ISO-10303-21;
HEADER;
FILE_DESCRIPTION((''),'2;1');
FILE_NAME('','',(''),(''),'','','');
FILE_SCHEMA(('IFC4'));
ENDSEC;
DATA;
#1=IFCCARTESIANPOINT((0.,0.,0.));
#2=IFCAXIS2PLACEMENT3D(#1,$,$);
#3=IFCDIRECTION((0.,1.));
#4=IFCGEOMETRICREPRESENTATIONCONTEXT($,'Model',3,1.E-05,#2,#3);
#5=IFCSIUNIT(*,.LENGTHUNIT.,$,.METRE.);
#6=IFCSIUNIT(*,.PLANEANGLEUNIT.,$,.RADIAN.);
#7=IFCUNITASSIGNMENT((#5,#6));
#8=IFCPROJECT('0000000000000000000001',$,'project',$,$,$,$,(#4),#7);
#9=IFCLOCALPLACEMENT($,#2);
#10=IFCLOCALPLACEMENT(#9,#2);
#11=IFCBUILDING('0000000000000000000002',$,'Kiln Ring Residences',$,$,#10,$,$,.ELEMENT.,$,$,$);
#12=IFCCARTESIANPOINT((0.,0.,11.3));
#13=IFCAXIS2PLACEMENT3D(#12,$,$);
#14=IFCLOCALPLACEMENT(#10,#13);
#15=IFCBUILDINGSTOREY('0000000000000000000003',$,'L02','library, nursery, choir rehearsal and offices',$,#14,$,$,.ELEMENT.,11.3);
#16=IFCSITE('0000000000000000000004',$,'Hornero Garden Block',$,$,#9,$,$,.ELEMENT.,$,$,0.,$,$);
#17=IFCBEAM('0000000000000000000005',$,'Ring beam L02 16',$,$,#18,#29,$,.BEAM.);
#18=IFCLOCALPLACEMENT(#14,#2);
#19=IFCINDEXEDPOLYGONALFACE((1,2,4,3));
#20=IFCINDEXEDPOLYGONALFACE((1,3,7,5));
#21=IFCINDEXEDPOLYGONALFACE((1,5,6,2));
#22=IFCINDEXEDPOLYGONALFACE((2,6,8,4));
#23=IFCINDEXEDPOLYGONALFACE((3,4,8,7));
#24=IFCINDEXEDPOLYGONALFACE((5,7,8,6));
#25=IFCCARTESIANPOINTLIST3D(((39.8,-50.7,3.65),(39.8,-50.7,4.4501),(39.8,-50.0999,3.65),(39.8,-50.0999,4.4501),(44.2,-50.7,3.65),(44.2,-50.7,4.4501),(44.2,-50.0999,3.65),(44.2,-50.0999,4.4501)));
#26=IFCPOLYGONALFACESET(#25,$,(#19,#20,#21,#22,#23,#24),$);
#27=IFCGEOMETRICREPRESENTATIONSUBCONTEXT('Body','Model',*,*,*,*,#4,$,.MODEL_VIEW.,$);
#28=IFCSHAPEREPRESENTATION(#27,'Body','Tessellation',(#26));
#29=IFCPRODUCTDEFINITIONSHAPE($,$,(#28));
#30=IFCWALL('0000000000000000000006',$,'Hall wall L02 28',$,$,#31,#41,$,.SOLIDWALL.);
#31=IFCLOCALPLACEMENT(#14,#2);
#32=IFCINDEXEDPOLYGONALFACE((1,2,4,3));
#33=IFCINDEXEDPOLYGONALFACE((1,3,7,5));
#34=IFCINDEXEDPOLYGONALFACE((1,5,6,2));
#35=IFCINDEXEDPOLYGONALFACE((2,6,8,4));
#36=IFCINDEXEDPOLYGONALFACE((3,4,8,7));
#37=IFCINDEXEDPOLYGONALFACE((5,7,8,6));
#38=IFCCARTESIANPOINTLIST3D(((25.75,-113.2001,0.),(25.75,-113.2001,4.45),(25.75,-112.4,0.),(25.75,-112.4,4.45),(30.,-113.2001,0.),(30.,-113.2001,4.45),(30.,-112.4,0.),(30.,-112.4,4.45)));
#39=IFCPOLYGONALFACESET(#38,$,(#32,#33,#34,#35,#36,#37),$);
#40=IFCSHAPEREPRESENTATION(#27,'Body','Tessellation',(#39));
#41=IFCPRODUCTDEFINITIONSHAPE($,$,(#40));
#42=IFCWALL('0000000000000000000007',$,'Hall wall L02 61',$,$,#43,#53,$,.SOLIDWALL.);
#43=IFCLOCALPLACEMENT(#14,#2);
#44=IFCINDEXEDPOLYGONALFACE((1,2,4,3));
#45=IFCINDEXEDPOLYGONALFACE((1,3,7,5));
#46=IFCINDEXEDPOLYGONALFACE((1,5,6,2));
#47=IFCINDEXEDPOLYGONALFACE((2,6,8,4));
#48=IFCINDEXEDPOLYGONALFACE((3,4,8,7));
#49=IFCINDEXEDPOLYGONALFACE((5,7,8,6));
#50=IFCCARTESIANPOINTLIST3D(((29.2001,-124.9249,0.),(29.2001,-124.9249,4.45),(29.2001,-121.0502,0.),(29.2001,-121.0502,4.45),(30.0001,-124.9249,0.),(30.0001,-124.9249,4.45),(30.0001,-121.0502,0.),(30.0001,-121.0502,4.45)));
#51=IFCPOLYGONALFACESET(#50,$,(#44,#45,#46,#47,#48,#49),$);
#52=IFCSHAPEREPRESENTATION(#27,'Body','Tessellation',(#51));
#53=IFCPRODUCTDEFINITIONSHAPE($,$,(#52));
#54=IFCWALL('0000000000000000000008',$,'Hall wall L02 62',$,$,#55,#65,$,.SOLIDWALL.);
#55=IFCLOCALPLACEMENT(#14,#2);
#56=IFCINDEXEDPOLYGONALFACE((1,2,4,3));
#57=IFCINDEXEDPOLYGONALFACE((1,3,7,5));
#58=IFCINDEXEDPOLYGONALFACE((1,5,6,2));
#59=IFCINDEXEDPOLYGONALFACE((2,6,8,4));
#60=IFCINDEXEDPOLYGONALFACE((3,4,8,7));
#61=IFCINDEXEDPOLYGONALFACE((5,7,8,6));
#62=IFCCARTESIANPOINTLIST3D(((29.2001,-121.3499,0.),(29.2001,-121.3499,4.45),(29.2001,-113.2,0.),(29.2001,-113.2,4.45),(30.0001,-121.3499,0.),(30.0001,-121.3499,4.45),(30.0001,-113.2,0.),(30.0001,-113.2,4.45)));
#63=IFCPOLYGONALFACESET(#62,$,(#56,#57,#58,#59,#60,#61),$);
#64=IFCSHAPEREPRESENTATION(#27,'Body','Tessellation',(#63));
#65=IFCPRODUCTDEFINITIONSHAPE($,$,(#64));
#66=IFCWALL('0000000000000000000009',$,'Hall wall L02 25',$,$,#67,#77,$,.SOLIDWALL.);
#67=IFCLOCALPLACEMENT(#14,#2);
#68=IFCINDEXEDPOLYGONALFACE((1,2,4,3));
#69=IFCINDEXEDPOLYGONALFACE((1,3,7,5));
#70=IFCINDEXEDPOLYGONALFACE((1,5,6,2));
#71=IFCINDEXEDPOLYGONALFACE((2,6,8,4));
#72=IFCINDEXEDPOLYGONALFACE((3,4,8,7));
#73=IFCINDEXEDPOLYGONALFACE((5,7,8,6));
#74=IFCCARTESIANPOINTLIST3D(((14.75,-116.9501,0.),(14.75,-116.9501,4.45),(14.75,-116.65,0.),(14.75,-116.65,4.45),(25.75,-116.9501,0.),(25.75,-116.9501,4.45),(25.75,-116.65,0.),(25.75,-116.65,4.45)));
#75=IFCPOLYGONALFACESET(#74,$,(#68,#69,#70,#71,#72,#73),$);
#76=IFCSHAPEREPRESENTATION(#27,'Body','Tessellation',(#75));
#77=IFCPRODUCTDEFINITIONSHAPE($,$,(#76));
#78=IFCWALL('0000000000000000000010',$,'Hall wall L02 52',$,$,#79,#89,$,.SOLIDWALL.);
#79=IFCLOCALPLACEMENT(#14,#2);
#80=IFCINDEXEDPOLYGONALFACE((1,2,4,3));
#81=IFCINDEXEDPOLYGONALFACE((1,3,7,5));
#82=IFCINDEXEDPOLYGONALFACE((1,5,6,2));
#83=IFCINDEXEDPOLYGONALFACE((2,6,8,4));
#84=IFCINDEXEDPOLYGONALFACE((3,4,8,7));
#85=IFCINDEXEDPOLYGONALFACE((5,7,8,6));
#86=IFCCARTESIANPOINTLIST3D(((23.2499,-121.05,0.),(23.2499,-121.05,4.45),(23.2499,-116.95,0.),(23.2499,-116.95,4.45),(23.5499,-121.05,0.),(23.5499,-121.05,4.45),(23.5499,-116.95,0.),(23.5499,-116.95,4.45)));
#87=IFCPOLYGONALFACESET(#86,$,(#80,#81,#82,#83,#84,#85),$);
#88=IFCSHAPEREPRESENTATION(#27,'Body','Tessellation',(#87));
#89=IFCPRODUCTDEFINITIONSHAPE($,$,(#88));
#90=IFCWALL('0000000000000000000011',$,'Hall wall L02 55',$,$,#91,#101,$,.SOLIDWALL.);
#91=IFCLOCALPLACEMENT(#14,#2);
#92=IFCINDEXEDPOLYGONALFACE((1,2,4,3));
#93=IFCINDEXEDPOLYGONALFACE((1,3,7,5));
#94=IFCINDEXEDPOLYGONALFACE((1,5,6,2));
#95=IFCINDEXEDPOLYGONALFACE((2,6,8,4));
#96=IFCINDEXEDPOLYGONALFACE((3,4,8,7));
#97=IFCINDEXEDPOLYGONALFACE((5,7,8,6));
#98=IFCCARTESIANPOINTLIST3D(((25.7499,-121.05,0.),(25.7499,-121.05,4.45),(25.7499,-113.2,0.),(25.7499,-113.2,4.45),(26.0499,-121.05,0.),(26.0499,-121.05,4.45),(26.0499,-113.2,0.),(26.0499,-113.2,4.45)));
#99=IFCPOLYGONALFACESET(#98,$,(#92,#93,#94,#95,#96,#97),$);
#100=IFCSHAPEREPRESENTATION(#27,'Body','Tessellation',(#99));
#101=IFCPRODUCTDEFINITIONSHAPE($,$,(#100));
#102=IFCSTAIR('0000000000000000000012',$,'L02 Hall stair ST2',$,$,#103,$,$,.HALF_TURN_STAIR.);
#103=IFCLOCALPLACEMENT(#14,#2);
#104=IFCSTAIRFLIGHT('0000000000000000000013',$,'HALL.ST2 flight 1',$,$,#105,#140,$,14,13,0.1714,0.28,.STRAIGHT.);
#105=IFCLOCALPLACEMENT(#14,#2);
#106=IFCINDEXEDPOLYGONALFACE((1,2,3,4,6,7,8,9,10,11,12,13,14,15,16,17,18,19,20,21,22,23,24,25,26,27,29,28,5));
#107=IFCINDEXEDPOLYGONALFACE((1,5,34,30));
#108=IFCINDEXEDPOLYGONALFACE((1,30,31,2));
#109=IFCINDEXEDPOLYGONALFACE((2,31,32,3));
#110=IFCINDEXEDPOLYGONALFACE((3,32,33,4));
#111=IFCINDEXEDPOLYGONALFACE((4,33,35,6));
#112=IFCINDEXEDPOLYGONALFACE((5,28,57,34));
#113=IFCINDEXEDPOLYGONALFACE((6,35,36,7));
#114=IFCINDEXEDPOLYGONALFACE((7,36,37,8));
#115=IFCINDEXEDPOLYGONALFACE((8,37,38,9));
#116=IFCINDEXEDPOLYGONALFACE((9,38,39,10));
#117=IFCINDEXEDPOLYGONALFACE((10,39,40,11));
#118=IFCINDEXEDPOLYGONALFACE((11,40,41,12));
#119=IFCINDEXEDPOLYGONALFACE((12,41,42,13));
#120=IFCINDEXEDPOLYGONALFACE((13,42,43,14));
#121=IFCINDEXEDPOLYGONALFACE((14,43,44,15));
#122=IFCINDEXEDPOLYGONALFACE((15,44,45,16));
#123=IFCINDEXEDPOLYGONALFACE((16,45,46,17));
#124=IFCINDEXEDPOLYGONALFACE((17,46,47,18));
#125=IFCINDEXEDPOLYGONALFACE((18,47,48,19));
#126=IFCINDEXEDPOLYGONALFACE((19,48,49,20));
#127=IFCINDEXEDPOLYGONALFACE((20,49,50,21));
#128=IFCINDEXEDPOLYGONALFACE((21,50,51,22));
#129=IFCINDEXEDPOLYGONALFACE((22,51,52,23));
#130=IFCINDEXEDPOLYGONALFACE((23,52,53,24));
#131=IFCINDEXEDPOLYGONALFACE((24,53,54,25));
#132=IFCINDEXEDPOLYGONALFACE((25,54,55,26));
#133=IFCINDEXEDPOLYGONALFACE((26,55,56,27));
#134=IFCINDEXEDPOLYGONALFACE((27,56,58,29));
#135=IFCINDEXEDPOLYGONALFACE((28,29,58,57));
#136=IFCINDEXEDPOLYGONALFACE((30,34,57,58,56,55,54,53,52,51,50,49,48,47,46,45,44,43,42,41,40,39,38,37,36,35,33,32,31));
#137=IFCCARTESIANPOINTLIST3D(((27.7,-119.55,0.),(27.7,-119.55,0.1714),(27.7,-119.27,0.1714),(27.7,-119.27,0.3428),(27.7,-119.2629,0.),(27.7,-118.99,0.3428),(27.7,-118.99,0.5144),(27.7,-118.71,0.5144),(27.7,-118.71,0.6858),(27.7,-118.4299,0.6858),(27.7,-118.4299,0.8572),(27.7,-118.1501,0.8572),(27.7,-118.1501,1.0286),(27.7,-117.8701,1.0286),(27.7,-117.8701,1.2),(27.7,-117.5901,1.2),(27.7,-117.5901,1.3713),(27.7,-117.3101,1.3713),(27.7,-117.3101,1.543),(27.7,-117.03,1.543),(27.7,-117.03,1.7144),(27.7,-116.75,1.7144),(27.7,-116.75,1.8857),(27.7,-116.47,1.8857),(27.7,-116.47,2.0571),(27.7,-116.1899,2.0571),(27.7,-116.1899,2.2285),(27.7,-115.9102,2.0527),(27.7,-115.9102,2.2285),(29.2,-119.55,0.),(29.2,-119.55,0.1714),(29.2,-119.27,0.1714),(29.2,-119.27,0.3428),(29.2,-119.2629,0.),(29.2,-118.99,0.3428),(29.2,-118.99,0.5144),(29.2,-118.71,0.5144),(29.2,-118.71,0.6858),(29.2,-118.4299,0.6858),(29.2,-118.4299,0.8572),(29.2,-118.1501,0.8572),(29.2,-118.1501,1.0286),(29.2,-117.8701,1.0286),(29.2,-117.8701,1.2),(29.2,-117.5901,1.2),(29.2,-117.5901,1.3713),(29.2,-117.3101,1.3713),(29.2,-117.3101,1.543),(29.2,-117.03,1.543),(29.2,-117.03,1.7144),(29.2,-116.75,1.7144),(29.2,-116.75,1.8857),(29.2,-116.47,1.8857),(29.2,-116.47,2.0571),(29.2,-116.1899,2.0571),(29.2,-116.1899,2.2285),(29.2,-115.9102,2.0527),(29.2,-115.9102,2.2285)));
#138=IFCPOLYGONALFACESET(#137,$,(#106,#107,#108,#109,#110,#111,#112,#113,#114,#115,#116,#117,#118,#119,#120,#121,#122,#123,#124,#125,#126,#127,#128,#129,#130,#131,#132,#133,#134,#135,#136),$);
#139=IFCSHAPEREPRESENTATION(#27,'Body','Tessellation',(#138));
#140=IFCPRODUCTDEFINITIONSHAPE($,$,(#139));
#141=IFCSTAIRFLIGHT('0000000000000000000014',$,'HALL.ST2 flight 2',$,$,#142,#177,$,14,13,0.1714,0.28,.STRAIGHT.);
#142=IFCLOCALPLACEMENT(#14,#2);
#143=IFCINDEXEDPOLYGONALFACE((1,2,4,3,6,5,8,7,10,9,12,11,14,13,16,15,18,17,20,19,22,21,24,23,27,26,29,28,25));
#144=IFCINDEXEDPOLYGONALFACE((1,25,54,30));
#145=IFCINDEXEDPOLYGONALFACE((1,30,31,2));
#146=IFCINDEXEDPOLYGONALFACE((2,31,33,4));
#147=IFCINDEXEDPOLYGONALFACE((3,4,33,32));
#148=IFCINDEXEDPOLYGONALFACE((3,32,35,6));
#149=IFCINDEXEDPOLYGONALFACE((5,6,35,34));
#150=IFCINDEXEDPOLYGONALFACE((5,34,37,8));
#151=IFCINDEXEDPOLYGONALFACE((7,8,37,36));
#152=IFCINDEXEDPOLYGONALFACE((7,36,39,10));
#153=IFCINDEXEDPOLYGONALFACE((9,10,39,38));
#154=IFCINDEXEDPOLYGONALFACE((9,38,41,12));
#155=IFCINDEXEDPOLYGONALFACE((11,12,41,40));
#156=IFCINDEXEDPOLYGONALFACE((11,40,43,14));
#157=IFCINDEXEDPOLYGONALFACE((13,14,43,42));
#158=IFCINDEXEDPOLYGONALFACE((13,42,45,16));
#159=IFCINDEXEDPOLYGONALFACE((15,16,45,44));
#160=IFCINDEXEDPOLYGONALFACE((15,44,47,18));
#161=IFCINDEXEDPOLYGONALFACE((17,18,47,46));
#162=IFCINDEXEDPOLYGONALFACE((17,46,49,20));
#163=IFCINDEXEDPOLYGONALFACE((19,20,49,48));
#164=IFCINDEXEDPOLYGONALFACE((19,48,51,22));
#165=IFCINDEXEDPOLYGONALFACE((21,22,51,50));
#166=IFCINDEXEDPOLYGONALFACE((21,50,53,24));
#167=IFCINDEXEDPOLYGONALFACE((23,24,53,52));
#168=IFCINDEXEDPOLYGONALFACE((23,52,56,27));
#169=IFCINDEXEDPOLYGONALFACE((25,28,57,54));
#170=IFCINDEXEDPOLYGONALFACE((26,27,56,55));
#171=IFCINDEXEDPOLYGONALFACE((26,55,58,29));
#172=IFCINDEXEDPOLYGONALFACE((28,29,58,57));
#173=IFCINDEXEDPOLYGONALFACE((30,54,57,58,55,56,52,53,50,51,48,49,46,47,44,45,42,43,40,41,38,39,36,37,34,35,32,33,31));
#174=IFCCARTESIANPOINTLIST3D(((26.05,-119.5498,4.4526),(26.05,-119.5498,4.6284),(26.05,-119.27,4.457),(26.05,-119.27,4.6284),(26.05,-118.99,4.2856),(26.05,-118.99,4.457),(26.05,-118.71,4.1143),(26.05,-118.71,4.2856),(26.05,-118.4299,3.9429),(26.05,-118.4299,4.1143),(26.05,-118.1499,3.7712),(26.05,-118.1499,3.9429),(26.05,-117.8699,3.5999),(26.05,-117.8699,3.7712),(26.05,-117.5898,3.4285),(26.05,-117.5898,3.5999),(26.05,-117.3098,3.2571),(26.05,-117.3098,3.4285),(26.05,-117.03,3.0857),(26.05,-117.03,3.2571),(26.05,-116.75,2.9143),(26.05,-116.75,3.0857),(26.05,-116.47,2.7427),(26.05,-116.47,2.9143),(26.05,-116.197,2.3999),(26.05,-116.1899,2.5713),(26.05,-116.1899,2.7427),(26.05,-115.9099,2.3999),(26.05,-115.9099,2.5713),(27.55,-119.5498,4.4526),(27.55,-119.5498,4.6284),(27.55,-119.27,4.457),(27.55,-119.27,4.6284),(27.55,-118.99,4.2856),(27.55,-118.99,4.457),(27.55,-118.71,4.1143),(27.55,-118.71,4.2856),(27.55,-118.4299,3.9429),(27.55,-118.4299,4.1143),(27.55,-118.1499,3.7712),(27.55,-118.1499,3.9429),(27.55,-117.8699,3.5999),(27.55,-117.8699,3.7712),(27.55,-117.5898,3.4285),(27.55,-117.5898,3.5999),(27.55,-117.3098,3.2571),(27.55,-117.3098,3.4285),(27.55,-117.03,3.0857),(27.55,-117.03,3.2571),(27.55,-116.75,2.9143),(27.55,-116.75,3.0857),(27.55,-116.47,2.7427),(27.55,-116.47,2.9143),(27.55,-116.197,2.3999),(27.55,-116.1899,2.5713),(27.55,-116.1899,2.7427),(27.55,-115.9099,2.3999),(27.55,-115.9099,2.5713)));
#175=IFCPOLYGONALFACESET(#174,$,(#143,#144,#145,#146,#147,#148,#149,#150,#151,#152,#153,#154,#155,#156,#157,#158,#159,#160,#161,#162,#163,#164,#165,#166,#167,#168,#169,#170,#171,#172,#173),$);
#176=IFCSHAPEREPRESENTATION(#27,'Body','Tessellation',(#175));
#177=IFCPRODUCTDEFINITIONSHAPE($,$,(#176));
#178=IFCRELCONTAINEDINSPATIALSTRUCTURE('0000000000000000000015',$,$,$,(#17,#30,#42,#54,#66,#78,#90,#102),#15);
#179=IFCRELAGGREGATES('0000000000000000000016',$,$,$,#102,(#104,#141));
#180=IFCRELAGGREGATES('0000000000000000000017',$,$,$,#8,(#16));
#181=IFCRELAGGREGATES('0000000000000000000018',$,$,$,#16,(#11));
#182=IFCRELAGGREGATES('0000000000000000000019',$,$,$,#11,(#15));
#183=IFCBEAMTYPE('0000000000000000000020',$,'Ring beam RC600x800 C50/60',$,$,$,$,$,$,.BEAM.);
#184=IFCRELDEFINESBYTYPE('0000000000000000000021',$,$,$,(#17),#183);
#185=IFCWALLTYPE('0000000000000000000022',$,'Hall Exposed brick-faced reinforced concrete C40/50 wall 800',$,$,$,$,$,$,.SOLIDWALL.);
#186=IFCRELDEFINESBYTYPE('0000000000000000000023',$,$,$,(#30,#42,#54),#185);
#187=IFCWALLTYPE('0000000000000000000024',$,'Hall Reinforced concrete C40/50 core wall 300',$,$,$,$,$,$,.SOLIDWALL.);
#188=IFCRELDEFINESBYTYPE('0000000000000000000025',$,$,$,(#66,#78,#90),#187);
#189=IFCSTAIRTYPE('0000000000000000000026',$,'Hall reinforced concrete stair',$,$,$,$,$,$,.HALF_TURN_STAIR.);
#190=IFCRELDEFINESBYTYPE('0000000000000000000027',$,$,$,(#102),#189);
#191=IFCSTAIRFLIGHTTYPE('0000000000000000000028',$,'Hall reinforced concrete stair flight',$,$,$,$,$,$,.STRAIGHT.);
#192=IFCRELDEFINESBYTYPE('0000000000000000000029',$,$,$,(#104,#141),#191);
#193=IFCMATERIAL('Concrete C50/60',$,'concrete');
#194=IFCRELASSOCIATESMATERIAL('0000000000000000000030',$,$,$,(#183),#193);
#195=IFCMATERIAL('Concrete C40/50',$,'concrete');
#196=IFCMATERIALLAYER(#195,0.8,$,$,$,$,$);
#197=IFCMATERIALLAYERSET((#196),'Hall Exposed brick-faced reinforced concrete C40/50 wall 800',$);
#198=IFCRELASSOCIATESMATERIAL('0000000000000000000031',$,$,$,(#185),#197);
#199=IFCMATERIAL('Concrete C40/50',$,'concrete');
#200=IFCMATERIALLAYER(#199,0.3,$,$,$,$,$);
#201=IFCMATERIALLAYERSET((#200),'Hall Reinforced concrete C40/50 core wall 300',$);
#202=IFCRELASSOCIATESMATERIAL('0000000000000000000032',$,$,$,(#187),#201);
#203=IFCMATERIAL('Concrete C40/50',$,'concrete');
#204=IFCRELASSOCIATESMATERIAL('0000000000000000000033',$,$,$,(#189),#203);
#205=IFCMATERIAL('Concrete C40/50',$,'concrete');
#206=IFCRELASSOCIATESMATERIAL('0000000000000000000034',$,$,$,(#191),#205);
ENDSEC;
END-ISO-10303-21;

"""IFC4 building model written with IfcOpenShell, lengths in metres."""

from ifc_helpers import new_model, si_unit, direction, frame, frame_2d, origin, origin_2d, place, context, subcontext, project, spatial, polyline, rectangle, outline, extrude, material, layer, layer_set, material_profile, profile_set, type_object, element, aggregate, save


model = new_model("IFC4")

# Units and contexts
model_context = context("Model", 3, precision=1e-05, world=origin(), true_north=direction((0.0, 1.0)))
body_context = subcontext(model_context, "Body", "Model", "MODEL_VIEW")
ifc_project = project(units=[si_unit("LENGTHUNIT", "METRE"), si_unit("PLANEANGLEUNIT", "RADIAN")], contexts=[model_context])

# Site, building, storey
site_placement = place(None, origin())
site = spatial("IfcSite", under=ifc_project, at=site_placement, Name="Hornero Garden Block", CompositionType="ELEMENT", RefElevation=0.0)
building_placement = place(site_placement, origin())
building = spatial("IfcBuilding", under=site, at=building_placement, Name="Kiln Ring Residences", CompositionType="ELEMENT")
storey_placement = place(building_placement, frame((0.0, 0.0, 11.3)))
storey = spatial("IfcBuildingStorey", under=building, at=storey_placement, Name="L02", Description="library, nursery, choir rehearsal and offices", CompositionType="ELEMENT", Elevation=11.3)

# Beam
ifc_material_1 = material(Name="Concrete C50/60", Category="concrete")
ifc_material_profile_1 = material_profile(ifc_material_1, rectangle(XDim=0.6001, YDim=0.8, at=origin_2d()), Name="RC600x800")
ifc_profile_set_1 = profile_set([ifc_material_profile_1], Name="Concrete C50/60")
beam_type = type_object("IfcBeamType", Name="Ring beam RC600x800 C50/60", PredefinedType="BEAM", material=ifc_profile_set_1)
beam_1_placement = place(storey_placement, frame((39.8, -50.3999, 4.05), z_axis=(1.0, 0.0, 0.0), x_axis=(0.0, 1.0, 0.0)))
element("IfcBeam", 1, at=beam_1_placement, inside=storey, type_object=beam_type, Name="Ring beam L02 16", PredefinedType="BEAM", context=body_context, shape_type="SweptSolid", body=[
    extrude(rectangle(XDim=0.6001, YDim=0.8, at=origin_2d()), origin(), (0.0, 0.0, 1.0), 4.3999),
])

# Walls
ifc_material_2 = material(Name="Concrete C40/50", Category="concrete")
ifc_layer_1 = layer(ifc_material_2, 0.8)
ifc_layer_set_1 = layer_set([ifc_layer_1], Name="Hall Exposed brick-faced reinforced concrete C40/50 wall 800")
wall_type_1 = type_object("IfcWallType", Name="Hall Exposed brick-faced reinforced concrete C40/50 wall 800", PredefinedType="SOLIDWALL", material=ifc_layer_set_1)
wall_1_placement = place(storey_placement, frame((25.75, -112.8, 0.0), z_axis=(0.0, 0.0, 1.0), x_axis=(1.0, 0.0, 0.0)))
element("IfcWall", 2, at=wall_1_placement, inside=storey, type_object=wall_type_1, Name="Hall wall L02 28", PredefinedType="SOLIDWALL", context=body_context, shape_type="SweptSolid", body=[
    extrude(rectangle(XDim=4.25, YDim=0.8, at=frame_2d((2.125, 0.0))), origin(), (0.0, 0.0, 1.0), 4.45),
])
wall_2_placement = place(storey_placement, frame((29.6001, -121.05, 0.0), z_axis=(0.0, 0.0, 1.0), x_axis=(0.0, -1.0, 0.0)))
element("IfcWall", 3, at=wall_2_placement, inside=storey, type_object=wall_type_1, Name="Hall wall L02 61", PredefinedType="SOLIDWALL", context=body_context, shape_type="SweptSolid", body=[
    extrude(rectangle(XDim=3.8748, YDim=0.8, at=frame_2d((1.9375, 0.0))), origin(), (0.0, 0.0, 1.0), 4.45),
])
wall_3_placement = place(storey_placement, frame((29.6001, -113.2, 0.0), z_axis=(0.0, 0.0, 1.0), x_axis=(0.0, -1.0, 0.0)))
element("IfcWall", 4, at=wall_3_placement, inside=storey, type_object=wall_type_1, Name="Hall wall L02 62", PredefinedType="SOLIDWALL", context=body_context, shape_type="SweptSolid", body=[
    extrude(rectangle(XDim=8.1499, YDim=0.8, at=frame_2d((4.075, 0.0))), origin(), (0.0, 0.0, 1.0), 4.45),
])
ifc_material_3 = material(Name="Concrete C40/50", Category="concrete")
ifc_layer_2 = layer(ifc_material_3, 0.3)
ifc_layer_set_2 = layer_set([ifc_layer_2], Name="Hall Reinforced concrete C40/50 core wall 300")
wall_type_2 = type_object("IfcWallType", Name="Hall Reinforced concrete C40/50 core wall 300", PredefinedType="SOLIDWALL", material=ifc_layer_set_2)
wall_4_placement = place(storey_placement, frame((14.75, -116.8, 0.0), z_axis=(0.0, 0.0, 1.0), x_axis=(1.0, 0.0, 0.0)))
element("IfcWall", 5, at=wall_4_placement, inside=storey, type_object=wall_type_2, Name="Hall wall L02 25", PredefinedType="SOLIDWALL", context=body_context, shape_type="SweptSolid", body=[
    extrude(rectangle(XDim=11.0, YDim=0.3, at=frame_2d((5.5, 0.0))), origin(), (0.0, 0.0, 1.0), 4.45),
])
wall_5_placement = place(storey_placement, frame((23.3999, -121.05, 0.0), z_axis=(0.0, 0.0, 1.0), x_axis=(0.0, 1.0, 0.0)))
element("IfcWall", 6, at=wall_5_placement, inside=storey, type_object=wall_type_2, Name="Hall wall L02 52", PredefinedType="SOLIDWALL", context=body_context, shape_type="SweptSolid", body=[
    extrude(rectangle(XDim=4.1001, YDim=0.3, at=frame_2d((2.05, 0.0))), origin(), (0.0, 0.0, 1.0), 4.45),
])
wall_6_placement = place(storey_placement, frame((25.8999, -121.05, 0.0), z_axis=(0.0, 0.0, 1.0), x_axis=(0.0, 1.0, 0.0)))
element("IfcWall", 7, at=wall_6_placement, inside=storey, type_object=wall_type_2, Name="Hall wall L02 55", PredefinedType="SOLIDWALL", context=body_context, shape_type="SweptSolid", body=[
    extrude(rectangle(XDim=7.8501, YDim=0.3, at=frame_2d((3.925, 0.0))), origin(), (0.0, 0.0, 1.0), 4.45),
])

# Stair, stair flights
ifc_material_4 = material(Name="Concrete C40/50", Category="concrete")
stair_type = type_object("IfcStairType", Name="Hall reinforced concrete stair", PredefinedType="HALF_TURN_STAIR", material=ifc_material_4)
stair_placement = place(storey_placement, origin())
stair = element("IfcStair", 8, at=stair_placement, inside=storey, type_object=stair_type, Name="L02 Hall stair ST2", PredefinedType="HALF_TURN_STAIR")
ifc_material_5 = material(Name="Concrete C40/50", Category="concrete")
stair_flight_type = type_object("IfcStairFlightType", Name="Hall reinforced concrete stair flight", PredefinedType="STRAIGHT", material=ifc_material_5)
stair_flight_1_placement = place(storey_placement, frame((28.45, -119.55, 0.0), z_axis=(0.0, 0.0, 1.0), x_axis=(0.0, 1.0, 0.0)))
stair_flight_1 = element("IfcStairFlight", 9, at=stair_flight_1_placement, type_object=stair_flight_type, Name="HALL.ST2 flight 1", NumberOfRisers=14, NumberOfTreads=13, PredefinedType="STRAIGHT", RiserHeight=0.1714, TreadLength=0.28, context=body_context, shape_type="SweptSolid", body=[
    extrude(outline(polyline([(0.0, 0.0), (0.0, 0.1714), (0.28, 0.1714), (0.28, 0.3428), (0.5601, 0.3428), (0.5601, 0.5144), (0.8401, 0.5144), (0.8401, 0.6858), (1.1201, 0.6858), (1.1201, 0.8572), (1.3999, 0.8572), (1.3999, 1.0286), (1.6799, 1.0286), (1.6799, 1.2), (1.96, 1.2), (1.96, 1.3713), (2.24, 1.3713), (2.24, 1.543), (2.52, 1.543), (2.52, 1.7144), (2.8, 1.7144), (2.8, 1.8857), (3.0801, 1.8857), (3.0801, 2.0571), (3.3601, 2.0571), (3.3601, 2.2285), (3.6399, 2.2285), (3.6399, 2.3999), (3.6399, 2.0527), (0.2871, 0.0), (0.0, 0.0)])), frame((0.0, 0.75, 0.0), z_axis=(0.0, -1.0, 0.0), x_axis=(1.0, 0.0, 0.0)), (0.0, 0.0, 1.0), 1.5),
])
stair_flight_2_placement = place(storey_placement, frame((26.8, -115.9099, 2.3999), z_axis=(0.0, 0.0, 1.0), x_axis=(0.0, -1.0, 0.0)))
stair_flight_2 = element("IfcStairFlight", 10, at=stair_flight_2_placement, type_object=stair_flight_type, Name="HALL.ST2 flight 2", NumberOfRisers=14, NumberOfTreads=13, PredefinedType="STRAIGHT", RiserHeight=0.1714, TreadLength=0.28, context=body_context, shape_type="SweptSolid", body=[
    extrude(outline(polyline([(0.0, 0.0), (0.0, 0.1714), (0.28, 0.1714), (0.28, 0.3428), (0.5601, 0.3428), (0.5601, 0.5144), (0.8401, 0.5144), (0.8401, 0.6858), (1.1201, 0.6858), (1.1201, 0.8572), (1.3999, 0.8572), (1.3999, 1.0286), (1.6799, 1.0286), (1.6799, 1.2), (1.96, 1.2), (1.96, 1.3713), (2.24, 1.3713), (2.24, 1.543), (2.52, 1.543), (2.52, 1.7144), (2.8, 1.7144), (2.8, 1.8857), (3.0801, 1.8857), (3.0801, 2.0571), (3.3601, 2.0571), (3.3601, 2.2285), (3.6399, 2.2285), (3.6399, 2.3999), (3.6399, 2.0527), (0.2871, 0.0), (0.0, 0.0)])), frame((0.0, 0.75, 0.0), z_axis=(0.0, -1.0, 0.0), x_axis=(1.0, 0.0, 0.0)), (0.0, 0.0, 1.0), 1.5),
])
aggregate(stair, [stair_flight_1, stair_flight_2])

save(model, "model.ifc")
